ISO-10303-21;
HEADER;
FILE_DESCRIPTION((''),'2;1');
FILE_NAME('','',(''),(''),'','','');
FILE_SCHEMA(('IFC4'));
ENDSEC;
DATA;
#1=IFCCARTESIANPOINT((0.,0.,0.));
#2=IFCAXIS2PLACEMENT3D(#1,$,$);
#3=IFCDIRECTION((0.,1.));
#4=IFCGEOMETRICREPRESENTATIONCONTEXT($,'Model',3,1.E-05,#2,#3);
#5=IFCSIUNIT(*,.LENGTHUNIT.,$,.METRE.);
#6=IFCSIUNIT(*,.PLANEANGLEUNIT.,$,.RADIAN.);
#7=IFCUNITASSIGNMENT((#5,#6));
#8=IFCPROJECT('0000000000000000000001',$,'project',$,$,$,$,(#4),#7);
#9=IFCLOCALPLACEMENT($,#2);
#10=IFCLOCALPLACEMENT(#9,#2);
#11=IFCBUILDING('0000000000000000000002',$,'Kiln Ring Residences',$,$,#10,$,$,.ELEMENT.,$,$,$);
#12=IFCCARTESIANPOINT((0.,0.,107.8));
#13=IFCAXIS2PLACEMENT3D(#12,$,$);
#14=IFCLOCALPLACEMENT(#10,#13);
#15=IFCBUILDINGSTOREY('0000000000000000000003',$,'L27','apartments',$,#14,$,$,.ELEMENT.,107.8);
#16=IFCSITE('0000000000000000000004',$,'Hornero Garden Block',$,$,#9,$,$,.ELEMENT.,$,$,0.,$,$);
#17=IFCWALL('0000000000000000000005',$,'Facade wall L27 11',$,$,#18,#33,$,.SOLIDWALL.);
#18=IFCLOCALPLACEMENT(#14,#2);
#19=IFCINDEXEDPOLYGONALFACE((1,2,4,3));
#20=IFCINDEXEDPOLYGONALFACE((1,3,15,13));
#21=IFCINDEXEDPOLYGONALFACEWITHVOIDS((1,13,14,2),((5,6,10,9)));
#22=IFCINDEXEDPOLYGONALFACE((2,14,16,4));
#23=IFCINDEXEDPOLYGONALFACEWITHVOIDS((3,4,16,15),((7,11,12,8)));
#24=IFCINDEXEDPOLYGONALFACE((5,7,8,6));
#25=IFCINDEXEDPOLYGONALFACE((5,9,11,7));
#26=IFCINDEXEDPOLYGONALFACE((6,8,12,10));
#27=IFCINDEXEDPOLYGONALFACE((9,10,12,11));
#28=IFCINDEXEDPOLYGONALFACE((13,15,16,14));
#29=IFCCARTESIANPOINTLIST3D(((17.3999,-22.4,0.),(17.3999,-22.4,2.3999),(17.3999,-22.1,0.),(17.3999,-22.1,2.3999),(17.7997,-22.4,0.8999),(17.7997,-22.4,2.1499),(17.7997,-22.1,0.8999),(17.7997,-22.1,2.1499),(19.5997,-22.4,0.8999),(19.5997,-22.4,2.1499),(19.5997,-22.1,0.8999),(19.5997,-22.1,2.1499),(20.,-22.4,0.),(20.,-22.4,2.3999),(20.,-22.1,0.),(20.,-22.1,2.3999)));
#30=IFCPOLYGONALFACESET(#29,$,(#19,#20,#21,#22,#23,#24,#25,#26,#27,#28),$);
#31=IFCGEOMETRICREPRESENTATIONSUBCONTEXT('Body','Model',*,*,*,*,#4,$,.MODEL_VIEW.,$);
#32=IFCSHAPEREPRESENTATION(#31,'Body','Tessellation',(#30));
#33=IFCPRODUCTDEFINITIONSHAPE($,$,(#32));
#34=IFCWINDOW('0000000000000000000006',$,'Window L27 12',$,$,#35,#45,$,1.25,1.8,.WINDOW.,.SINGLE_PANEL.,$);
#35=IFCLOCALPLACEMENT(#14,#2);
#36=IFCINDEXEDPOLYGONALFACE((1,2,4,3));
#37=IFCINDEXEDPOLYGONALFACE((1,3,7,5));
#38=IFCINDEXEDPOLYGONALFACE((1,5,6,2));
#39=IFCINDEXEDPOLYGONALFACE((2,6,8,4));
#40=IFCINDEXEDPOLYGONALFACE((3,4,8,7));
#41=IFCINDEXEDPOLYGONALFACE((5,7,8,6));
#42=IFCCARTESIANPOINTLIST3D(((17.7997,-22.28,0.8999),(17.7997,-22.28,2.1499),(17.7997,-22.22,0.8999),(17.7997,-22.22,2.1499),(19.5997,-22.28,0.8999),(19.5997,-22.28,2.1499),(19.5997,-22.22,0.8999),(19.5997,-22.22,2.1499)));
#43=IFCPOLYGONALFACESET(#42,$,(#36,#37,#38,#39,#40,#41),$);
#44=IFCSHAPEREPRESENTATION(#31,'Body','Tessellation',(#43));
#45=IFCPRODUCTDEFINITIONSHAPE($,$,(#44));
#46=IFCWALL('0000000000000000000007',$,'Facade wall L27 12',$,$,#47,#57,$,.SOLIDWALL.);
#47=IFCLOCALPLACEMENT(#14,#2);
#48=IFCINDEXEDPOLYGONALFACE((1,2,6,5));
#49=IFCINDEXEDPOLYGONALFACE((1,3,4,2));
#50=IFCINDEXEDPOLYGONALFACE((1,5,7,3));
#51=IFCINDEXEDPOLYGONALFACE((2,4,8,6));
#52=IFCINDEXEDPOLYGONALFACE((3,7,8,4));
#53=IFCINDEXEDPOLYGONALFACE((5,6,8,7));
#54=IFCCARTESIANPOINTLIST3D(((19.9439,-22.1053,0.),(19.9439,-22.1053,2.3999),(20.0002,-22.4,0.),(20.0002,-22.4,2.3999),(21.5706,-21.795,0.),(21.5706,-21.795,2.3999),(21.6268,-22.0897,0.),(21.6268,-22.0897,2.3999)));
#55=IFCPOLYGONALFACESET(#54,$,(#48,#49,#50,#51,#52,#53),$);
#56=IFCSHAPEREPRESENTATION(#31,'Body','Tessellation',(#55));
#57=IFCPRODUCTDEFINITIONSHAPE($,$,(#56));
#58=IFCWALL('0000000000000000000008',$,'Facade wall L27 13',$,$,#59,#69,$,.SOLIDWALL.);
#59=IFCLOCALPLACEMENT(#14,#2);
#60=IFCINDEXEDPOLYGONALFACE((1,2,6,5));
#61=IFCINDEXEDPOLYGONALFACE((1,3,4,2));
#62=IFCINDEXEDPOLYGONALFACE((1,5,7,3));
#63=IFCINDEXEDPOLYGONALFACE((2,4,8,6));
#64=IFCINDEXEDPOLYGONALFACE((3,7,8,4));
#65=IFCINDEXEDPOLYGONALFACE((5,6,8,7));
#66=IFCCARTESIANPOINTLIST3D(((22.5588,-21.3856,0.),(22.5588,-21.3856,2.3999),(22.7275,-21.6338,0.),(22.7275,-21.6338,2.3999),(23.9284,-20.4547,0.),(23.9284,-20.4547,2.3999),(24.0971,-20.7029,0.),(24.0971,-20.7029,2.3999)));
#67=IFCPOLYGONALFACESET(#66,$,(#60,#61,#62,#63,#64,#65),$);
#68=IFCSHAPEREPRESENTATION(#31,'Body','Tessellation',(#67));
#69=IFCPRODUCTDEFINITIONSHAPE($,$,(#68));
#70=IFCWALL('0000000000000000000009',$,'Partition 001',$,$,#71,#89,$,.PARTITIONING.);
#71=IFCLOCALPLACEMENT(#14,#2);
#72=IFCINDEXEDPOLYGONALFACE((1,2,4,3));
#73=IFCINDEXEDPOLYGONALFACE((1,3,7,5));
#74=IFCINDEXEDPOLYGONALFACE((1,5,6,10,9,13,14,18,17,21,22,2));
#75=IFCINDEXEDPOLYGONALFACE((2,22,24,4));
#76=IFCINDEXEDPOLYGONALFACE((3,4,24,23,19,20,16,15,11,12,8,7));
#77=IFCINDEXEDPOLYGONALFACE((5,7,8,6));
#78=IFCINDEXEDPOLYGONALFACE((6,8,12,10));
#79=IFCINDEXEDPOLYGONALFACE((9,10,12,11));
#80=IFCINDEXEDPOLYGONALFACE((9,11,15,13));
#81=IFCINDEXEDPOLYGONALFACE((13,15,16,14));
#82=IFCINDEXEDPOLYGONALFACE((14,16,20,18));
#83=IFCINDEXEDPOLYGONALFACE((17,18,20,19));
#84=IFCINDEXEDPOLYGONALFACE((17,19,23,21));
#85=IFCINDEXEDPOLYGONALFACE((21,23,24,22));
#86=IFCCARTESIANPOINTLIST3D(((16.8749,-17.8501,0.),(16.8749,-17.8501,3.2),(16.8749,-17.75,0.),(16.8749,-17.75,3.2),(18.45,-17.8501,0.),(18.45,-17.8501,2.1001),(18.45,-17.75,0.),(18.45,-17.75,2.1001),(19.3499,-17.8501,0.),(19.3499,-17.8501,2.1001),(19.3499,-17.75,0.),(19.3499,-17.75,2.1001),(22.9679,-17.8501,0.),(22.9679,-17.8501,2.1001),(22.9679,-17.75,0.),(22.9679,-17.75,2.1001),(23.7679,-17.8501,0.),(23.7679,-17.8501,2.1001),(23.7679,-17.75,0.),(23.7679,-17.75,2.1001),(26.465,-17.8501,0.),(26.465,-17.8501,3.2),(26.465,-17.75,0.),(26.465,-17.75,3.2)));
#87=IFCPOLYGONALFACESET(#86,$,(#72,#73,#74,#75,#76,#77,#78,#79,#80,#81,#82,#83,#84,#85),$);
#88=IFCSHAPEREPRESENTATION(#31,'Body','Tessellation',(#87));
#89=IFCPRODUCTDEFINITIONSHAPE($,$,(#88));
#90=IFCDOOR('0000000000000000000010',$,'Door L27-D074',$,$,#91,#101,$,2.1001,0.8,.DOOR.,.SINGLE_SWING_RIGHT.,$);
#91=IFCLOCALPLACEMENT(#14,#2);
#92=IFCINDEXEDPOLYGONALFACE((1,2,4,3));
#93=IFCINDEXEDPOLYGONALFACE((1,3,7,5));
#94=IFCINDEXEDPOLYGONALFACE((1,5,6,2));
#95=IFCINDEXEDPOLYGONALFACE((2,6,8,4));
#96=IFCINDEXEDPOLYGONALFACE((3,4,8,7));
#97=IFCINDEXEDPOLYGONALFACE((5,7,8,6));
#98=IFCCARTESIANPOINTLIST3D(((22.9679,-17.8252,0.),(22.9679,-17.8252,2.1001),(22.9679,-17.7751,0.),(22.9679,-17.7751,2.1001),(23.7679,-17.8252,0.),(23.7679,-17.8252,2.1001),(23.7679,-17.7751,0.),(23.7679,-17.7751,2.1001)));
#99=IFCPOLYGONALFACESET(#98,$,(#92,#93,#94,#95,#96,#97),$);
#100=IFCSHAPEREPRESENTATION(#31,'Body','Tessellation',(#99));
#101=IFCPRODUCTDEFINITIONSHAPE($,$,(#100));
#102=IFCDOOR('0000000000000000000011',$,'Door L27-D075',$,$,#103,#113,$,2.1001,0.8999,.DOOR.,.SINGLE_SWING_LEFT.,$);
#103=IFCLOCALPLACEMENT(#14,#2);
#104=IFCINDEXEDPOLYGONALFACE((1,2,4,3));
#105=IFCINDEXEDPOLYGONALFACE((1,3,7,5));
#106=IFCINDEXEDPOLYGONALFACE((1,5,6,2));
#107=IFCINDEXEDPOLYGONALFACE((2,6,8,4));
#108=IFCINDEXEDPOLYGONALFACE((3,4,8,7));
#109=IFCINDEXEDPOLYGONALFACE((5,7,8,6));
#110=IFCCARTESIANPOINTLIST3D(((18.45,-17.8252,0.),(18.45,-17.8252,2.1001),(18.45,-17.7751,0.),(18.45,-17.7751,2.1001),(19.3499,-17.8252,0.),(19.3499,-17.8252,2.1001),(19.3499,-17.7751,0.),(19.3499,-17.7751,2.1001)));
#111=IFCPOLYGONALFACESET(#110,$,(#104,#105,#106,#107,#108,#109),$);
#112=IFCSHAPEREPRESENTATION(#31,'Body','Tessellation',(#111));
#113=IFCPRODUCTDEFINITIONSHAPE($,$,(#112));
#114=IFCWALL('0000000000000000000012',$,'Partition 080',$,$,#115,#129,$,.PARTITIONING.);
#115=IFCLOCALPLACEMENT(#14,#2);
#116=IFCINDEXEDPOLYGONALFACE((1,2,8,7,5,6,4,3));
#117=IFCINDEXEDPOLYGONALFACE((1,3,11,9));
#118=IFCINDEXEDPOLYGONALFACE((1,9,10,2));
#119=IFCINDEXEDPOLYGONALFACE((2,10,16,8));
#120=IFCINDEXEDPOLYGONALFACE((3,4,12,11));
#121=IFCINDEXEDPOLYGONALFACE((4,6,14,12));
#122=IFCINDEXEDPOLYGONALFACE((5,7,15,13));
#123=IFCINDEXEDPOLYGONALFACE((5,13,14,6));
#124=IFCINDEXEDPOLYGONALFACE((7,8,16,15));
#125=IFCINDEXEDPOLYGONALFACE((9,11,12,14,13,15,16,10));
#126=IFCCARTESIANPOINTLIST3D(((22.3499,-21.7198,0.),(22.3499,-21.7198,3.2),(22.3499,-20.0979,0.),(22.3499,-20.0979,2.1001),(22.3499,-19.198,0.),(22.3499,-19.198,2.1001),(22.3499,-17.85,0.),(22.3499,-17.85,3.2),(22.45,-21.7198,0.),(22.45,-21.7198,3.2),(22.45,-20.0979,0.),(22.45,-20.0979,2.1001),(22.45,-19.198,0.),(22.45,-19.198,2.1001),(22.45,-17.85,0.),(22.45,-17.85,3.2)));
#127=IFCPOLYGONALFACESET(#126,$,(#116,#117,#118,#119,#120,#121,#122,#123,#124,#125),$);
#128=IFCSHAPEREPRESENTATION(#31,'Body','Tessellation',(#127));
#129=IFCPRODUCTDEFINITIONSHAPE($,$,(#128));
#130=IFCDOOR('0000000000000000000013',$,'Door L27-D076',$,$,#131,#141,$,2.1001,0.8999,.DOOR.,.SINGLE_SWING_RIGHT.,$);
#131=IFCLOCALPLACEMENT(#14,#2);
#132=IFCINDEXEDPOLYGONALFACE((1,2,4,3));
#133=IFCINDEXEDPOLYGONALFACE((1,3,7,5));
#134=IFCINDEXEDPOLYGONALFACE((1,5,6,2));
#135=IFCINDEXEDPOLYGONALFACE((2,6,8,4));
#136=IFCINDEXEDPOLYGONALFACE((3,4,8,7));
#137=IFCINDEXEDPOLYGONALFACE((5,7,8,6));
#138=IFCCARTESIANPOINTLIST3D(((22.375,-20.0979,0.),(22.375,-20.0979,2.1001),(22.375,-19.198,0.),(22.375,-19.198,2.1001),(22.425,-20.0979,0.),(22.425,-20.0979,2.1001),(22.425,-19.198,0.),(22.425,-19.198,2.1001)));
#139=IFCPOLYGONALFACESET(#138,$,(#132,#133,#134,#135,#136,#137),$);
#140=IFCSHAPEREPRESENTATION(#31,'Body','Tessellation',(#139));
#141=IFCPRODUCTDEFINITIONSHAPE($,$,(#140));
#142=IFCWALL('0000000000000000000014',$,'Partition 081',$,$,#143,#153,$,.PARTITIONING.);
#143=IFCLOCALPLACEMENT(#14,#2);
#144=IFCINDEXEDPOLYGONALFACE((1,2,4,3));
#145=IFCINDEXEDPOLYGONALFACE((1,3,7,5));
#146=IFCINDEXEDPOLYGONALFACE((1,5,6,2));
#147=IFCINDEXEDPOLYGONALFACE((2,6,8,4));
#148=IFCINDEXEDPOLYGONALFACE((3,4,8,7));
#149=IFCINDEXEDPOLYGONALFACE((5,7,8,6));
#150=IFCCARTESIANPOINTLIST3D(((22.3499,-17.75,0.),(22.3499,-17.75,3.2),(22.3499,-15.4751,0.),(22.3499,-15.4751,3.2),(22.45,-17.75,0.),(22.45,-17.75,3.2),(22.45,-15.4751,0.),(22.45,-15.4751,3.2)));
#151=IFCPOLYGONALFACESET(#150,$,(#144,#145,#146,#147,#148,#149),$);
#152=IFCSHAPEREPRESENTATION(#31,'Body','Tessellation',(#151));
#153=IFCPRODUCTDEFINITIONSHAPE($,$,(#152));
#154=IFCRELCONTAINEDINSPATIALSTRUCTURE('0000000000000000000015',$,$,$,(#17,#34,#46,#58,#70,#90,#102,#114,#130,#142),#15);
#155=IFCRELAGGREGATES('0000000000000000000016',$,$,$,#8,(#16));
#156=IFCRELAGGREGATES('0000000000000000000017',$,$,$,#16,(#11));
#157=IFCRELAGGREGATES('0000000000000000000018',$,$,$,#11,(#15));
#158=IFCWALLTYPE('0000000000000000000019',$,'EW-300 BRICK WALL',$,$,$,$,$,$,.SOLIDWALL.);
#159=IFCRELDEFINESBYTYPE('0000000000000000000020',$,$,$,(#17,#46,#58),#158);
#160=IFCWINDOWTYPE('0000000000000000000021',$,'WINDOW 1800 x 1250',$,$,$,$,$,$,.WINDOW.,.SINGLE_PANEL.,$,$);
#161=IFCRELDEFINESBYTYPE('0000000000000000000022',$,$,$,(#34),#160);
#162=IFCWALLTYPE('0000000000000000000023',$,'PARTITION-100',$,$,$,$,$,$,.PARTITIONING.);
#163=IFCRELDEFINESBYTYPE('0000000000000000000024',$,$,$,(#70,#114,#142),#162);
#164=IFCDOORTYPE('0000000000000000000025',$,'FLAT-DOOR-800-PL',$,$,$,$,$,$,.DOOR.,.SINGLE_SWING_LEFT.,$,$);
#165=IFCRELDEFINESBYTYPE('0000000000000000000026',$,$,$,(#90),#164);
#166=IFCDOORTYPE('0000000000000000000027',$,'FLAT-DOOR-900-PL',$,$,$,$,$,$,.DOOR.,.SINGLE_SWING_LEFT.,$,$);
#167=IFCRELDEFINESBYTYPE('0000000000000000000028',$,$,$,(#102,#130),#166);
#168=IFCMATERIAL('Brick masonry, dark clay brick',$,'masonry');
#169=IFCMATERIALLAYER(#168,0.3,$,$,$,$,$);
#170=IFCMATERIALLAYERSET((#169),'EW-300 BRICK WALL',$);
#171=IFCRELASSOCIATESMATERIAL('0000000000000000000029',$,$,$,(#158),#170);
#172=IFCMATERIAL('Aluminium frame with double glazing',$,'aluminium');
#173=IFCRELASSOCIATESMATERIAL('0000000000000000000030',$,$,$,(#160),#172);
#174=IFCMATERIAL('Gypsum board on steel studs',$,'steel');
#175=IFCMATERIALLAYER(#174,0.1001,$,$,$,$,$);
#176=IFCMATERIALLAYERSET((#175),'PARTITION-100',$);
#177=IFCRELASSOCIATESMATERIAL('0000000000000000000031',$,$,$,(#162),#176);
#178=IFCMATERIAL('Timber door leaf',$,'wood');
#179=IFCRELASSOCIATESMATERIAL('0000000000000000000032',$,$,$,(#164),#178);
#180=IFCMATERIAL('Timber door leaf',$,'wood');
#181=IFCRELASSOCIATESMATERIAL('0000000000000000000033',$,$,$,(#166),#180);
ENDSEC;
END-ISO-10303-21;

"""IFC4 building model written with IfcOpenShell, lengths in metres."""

from ifc_helpers import new_model, si_unit, direction, frame, frame_2d, origin, place, context, subcontext, project, spatial, rectangle, extrude, material, layer, layer_set, type_object, element, fill, save


model = new_model("IFC4")

# Units and contexts
model_context = context("Model", 3, precision=1e-05, world=origin(), true_north=direction((0.0, 1.0)))
body_context = subcontext(model_context, "Body", "Model", "MODEL_VIEW")
ifc_project = project(units=[si_unit("LENGTHUNIT", "METRE"), si_unit("PLANEANGLEUNIT", "RADIAN")], contexts=[model_context])

# Site, building, storey
site_placement = place(None, origin())
site = spatial("IfcSite", under=ifc_project, at=site_placement, Name="Hornero Garden Block", CompositionType="ELEMENT", RefElevation=0.0)
building_placement = place(site_placement, origin())
building = spatial("IfcBuilding", under=site, at=building_placement, Name="Kiln Ring Residences", CompositionType="ELEMENT")
storey_placement = place(building_placement, frame((0.0, 0.0, 107.8)))
storey = spatial("IfcBuildingStorey", under=building, at=storey_placement, Name="L27", Description="apartments", CompositionType="ELEMENT", Elevation=107.8)

# Wall, opening, window
ifc_material_1 = material(Name="Brick masonry, dark clay brick", Category="masonry")
ifc_layer_1 = layer(ifc_material_1, 0.3)
ifc_layer_set_1 = layer_set([ifc_layer_1], Name="EW-300 BRICK WALL")
wall_type_1 = type_object("IfcWallType", Name="EW-300 BRICK WALL", PredefinedType="SOLIDWALL", material=ifc_layer_set_1)
wall_1_placement = place(storey_placement, frame((17.3999, -22.25, 0.0), z_axis=(0.0, 0.0, 1.0), x_axis=(1.0, 0.0, 0.0)))
wall_1 = element("IfcWall", 1, at=wall_1_placement, inside=storey, type_object=wall_type_1, Name="Facade wall L27 11", PredefinedType="SOLIDWALL", context=body_context, shape_type="SweptSolid", body=[
    extrude(rectangle(XDim=2.6001, YDim=0.3, at=frame_2d((1.3, 0.0))), origin(), (0.0, 0.0, 1.0), 2.3999),
])
opening_1_placement = place(wall_1_placement, frame((0.3999, 0.0, 0.8999)))
opening_1 = element("IfcOpeningElement", 2, at=opening_1_placement, cuts=wall_1, PredefinedType="OPENING", context=body_context, shape_type="SweptSolid", body=[
    extrude(rectangle(XDim=1.8, YDim=1.25, at=frame_2d((0.8999, 0.625))), frame((0.0, 0.1599, 0.0), z_axis=(0.0, -1.0, 0.0), x_axis=(1.0, 0.0, 0.0)), (0.0, 0.0, 1.0), 0.3201),
])
ifc_material_2 = material(Name="Aluminium frame with double glazing", Category="aluminium")
window_type = type_object("IfcWindowType", Name="WINDOW 1800 x 1250", PartitioningType="SINGLE_PANEL", PredefinedType="WINDOW", material=ifc_material_2)
window_placement = place(opening_1_placement, origin())
window = element("IfcWindow", 3, at=window_placement, inside=storey, type_object=window_type, Name="Window L27 12", OverallHeight=1.25, OverallWidth=1.8, PartitioningType="SINGLE_PANEL", PredefinedType="WINDOW", context=body_context, shape_type="SweptSolid", body=[
    extrude(rectangle(XDim=1.8, YDim=1.25, at=frame_2d((0.8999, 0.625))), frame((0.0, 0.03, 0.0), z_axis=(0.0, -1.0, 0.0), x_axis=(1.0, 0.0, 0.0)), (0.0, 0.0, 1.0), 0.0601),
])
fill(opening_1, window)

# Walls
for number, where, z_axis, x_axis, name in (
    (4, (19.9719, -22.2527, 0.0), (0.0, 0.0, 1.0), (0.982288, 0.187376, 0.0), "Facade wall L27 12"),
    (5, (22.6431, -21.5098, 0.0), (0.0, 0.0, 1.0), (0.82705, 0.562129, 0.0), "Facade wall L27 13"),
):
    element("IfcWall", number, at=place(storey_placement, frame(where, z_axis=z_axis, x_axis=x_axis)), inside=storey, type_object=wall_type_1, Name=name, PredefinedType="SOLIDWALL", context=body_context, shape_type="SweptSolid", body=[
        extrude(rectangle(XDim=1.656, YDim=0.3, at=frame_2d((0.8281, 0.0))), origin(), (0.0, 0.0, 1.0), 2.3999),
    ])

# Wall, openings, doors
ifc_material_3 = material(Name="Gypsum board on steel studs", Category="steel")
ifc_layer_2 = layer(ifc_material_3, 0.1001)
ifc_layer_set_2 = layer_set([ifc_layer_2], Name="PARTITION-100")
wall_type_2 = type_object("IfcWallType", Name="PARTITION-100", PredefinedType="PARTITIONING", material=ifc_layer_set_2)
wall_2_placement = place(storey_placement, frame((16.875, -17.8, 0.0), z_axis=(0.0, 0.0, 1.0), x_axis=(1.0, 0.0, 0.0)))
wall_2 = element("IfcWall", 6, at=wall_2_placement, inside=storey, type_object=wall_type_2, Name="Partition 001", PredefinedType="PARTITIONING", context=body_context, shape_type="SweptSolid", body=[
    extrude(rectangle(XDim=9.5901, YDim=0.1001, at=frame_2d((4.7949, 0.0))), origin(), (0.0, 0.0, 1.0), 3.2),
])
opening_2_placement = place(wall_2_placement, frame((6.093, 0.0, 0.0)))
opening_2 = element("IfcOpeningElement", 7, at=opening_2_placement, cuts=wall_2, PredefinedType="OPENING", context=body_context, shape_type="SweptSolid", body=[
    extrude(rectangle(XDim=0.8, YDim=2.1001, at=frame_2d((0.3999, 1.05))), frame((0.0, 0.0601, 0.0), z_axis=(0.0, -1.0, 0.0), x_axis=(1.0, 0.0, 0.0)), (0.0, 0.0, 1.0), 0.1201),
])
opening_3_placement = place(wall_2_placement, frame((1.575, 0.0, 0.0)))
opening_3 = element("IfcOpeningElement", 8, at=opening_3_placement, cuts=wall_2, PredefinedType="OPENING", context=body_context, shape_type="SweptSolid", body=[
    extrude(rectangle(XDim=0.8999, YDim=2.1001, at=frame_2d((0.45, 1.05))), frame((0.0, 0.0601, 0.0), z_axis=(0.0, -1.0, 0.0), x_axis=(1.0, 0.0, 0.0)), (0.0, 0.0, 1.0), 0.1201),
])
ifc_material_4 = material(Name="Timber door leaf", Category="wood")
door_type_1 = type_object("IfcDoorType", Name="FLAT-DOOR-800-PL", OperationType="SINGLE_SWING_LEFT", PredefinedType="DOOR", material=ifc_material_4)
door_1_placement = place(opening_2_placement, origin())
door_1 = element("IfcDoor", 9, at=door_1_placement, inside=storey, type_object=door_type_1, Name="Door L27-D074", OperationType="SINGLE_SWING_RIGHT", OverallHeight=2.1001, OverallWidth=0.8, PredefinedType="DOOR", context=body_context, shape_type="SweptSolid", body=[
    extrude(rectangle(XDim=0.8, YDim=2.1001, at=frame_2d((0.3999, 1.05))), frame((0.0, 0.0249, 0.0), z_axis=(0.0, -1.0, 0.0), x_axis=(1.0, 0.0, 0.0)), (0.0, 0.0, 1.0), 0.05),
])
fill(opening_2, door_1)
ifc_material_5 = material(Name="Timber door leaf", Category="wood")
door_type_2 = type_object("IfcDoorType", Name="FLAT-DOOR-900-PL", OperationType="SINGLE_SWING_LEFT", PredefinedType="DOOR", material=ifc_material_5)
door_2_placement = place(opening_3_placement, origin())
door_2 = element("IfcDoor", 10, at=door_2_placement, inside=storey, type_object=door_type_2, Name="Door L27-D075", OperationType="SINGLE_SWING_LEFT", OverallHeight=2.1001, OverallWidth=0.8999, PredefinedType="DOOR", context=body_context, shape_type="SweptSolid", body=[
    extrude(rectangle(XDim=0.8999, YDim=2.1001, at=frame_2d((0.45, 1.05))), frame((0.0, 0.0249, 0.0), z_axis=(0.0, -1.0, 0.0), x_axis=(1.0, 0.0, 0.0)), (0.0, 0.0, 1.0), 0.05),
])
fill(opening_3, door_2)

# Wall, opening, door
wall_3_placement = place(storey_placement, frame((22.3999, -21.72, 0.0), z_axis=(0.0, 0.0, 1.0), x_axis=(0.0, 1.0, 0.0)))
wall_3 = element("IfcWall", 11, at=wall_3_placement, inside=storey, type_object=wall_type_2, Name="Partition 080", PredefinedType="PARTITIONING", context=body_context, shape_type="SweptSolid", body=[
    extrude(rectangle(XDim=3.8699, YDim=0.1001, at=frame_2d((1.9351, 0.0))), origin(), (0.0, 0.0, 1.0), 3.2),
])
opening_4_placement = place(wall_3_placement, frame((1.6221, 0.0, 0.0)))
opening_4 = element("IfcOpeningElement", 12, at=opening_4_placement, cuts=wall_3, PredefinedType="OPENING", context=body_context, shape_type="SweptSolid", body=[
    extrude(rectangle(XDim=0.8999, YDim=2.1001, at=frame_2d((0.45, 1.05))), frame((0.0, 0.0601, 0.0), z_axis=(0.0, -1.0, 0.0), x_axis=(1.0, 0.0, 0.0)), (0.0, 0.0, 1.0), 0.1201),
])
door_3_placement = place(opening_4_placement, origin())
door_3 = element("IfcDoor", 13, at=door_3_placement, inside=storey, type_object=door_type_2, Name="Door L27-D076", OperationType="SINGLE_SWING_RIGHT", OverallHeight=2.1001, OverallWidth=0.8999, PredefinedType="DOOR", context=body_context, shape_type="SweptSolid", body=[
    extrude(rectangle(XDim=0.8999, YDim=2.1001, at=frame_2d((0.45, 1.05))), frame((0.0, 0.0249, 0.0), z_axis=(0.0, -1.0, 0.0), x_axis=(1.0, 0.0, 0.0)), (0.0, 0.0, 1.0), 0.05),
])
fill(opening_4, door_3)

# Wall
wall_4_placement = place(storey_placement, frame((22.3999, -17.75, 0.0), z_axis=(0.0, 0.0, 1.0), x_axis=(0.0, 1.0, 0.0)))
element("IfcWall", 14, at=wall_4_placement, inside=storey, type_object=wall_type_2, Name="Partition 081", PredefinedType="PARTITIONING", context=body_context, shape_type="SweptSolid", body=[
    extrude(rectangle(XDim=2.2749, YDim=0.1001, at=frame_2d((1.1375, 0.0))), origin(), (0.0, 0.0, 1.0), 3.2),
])

save(model, "model.ifc")
